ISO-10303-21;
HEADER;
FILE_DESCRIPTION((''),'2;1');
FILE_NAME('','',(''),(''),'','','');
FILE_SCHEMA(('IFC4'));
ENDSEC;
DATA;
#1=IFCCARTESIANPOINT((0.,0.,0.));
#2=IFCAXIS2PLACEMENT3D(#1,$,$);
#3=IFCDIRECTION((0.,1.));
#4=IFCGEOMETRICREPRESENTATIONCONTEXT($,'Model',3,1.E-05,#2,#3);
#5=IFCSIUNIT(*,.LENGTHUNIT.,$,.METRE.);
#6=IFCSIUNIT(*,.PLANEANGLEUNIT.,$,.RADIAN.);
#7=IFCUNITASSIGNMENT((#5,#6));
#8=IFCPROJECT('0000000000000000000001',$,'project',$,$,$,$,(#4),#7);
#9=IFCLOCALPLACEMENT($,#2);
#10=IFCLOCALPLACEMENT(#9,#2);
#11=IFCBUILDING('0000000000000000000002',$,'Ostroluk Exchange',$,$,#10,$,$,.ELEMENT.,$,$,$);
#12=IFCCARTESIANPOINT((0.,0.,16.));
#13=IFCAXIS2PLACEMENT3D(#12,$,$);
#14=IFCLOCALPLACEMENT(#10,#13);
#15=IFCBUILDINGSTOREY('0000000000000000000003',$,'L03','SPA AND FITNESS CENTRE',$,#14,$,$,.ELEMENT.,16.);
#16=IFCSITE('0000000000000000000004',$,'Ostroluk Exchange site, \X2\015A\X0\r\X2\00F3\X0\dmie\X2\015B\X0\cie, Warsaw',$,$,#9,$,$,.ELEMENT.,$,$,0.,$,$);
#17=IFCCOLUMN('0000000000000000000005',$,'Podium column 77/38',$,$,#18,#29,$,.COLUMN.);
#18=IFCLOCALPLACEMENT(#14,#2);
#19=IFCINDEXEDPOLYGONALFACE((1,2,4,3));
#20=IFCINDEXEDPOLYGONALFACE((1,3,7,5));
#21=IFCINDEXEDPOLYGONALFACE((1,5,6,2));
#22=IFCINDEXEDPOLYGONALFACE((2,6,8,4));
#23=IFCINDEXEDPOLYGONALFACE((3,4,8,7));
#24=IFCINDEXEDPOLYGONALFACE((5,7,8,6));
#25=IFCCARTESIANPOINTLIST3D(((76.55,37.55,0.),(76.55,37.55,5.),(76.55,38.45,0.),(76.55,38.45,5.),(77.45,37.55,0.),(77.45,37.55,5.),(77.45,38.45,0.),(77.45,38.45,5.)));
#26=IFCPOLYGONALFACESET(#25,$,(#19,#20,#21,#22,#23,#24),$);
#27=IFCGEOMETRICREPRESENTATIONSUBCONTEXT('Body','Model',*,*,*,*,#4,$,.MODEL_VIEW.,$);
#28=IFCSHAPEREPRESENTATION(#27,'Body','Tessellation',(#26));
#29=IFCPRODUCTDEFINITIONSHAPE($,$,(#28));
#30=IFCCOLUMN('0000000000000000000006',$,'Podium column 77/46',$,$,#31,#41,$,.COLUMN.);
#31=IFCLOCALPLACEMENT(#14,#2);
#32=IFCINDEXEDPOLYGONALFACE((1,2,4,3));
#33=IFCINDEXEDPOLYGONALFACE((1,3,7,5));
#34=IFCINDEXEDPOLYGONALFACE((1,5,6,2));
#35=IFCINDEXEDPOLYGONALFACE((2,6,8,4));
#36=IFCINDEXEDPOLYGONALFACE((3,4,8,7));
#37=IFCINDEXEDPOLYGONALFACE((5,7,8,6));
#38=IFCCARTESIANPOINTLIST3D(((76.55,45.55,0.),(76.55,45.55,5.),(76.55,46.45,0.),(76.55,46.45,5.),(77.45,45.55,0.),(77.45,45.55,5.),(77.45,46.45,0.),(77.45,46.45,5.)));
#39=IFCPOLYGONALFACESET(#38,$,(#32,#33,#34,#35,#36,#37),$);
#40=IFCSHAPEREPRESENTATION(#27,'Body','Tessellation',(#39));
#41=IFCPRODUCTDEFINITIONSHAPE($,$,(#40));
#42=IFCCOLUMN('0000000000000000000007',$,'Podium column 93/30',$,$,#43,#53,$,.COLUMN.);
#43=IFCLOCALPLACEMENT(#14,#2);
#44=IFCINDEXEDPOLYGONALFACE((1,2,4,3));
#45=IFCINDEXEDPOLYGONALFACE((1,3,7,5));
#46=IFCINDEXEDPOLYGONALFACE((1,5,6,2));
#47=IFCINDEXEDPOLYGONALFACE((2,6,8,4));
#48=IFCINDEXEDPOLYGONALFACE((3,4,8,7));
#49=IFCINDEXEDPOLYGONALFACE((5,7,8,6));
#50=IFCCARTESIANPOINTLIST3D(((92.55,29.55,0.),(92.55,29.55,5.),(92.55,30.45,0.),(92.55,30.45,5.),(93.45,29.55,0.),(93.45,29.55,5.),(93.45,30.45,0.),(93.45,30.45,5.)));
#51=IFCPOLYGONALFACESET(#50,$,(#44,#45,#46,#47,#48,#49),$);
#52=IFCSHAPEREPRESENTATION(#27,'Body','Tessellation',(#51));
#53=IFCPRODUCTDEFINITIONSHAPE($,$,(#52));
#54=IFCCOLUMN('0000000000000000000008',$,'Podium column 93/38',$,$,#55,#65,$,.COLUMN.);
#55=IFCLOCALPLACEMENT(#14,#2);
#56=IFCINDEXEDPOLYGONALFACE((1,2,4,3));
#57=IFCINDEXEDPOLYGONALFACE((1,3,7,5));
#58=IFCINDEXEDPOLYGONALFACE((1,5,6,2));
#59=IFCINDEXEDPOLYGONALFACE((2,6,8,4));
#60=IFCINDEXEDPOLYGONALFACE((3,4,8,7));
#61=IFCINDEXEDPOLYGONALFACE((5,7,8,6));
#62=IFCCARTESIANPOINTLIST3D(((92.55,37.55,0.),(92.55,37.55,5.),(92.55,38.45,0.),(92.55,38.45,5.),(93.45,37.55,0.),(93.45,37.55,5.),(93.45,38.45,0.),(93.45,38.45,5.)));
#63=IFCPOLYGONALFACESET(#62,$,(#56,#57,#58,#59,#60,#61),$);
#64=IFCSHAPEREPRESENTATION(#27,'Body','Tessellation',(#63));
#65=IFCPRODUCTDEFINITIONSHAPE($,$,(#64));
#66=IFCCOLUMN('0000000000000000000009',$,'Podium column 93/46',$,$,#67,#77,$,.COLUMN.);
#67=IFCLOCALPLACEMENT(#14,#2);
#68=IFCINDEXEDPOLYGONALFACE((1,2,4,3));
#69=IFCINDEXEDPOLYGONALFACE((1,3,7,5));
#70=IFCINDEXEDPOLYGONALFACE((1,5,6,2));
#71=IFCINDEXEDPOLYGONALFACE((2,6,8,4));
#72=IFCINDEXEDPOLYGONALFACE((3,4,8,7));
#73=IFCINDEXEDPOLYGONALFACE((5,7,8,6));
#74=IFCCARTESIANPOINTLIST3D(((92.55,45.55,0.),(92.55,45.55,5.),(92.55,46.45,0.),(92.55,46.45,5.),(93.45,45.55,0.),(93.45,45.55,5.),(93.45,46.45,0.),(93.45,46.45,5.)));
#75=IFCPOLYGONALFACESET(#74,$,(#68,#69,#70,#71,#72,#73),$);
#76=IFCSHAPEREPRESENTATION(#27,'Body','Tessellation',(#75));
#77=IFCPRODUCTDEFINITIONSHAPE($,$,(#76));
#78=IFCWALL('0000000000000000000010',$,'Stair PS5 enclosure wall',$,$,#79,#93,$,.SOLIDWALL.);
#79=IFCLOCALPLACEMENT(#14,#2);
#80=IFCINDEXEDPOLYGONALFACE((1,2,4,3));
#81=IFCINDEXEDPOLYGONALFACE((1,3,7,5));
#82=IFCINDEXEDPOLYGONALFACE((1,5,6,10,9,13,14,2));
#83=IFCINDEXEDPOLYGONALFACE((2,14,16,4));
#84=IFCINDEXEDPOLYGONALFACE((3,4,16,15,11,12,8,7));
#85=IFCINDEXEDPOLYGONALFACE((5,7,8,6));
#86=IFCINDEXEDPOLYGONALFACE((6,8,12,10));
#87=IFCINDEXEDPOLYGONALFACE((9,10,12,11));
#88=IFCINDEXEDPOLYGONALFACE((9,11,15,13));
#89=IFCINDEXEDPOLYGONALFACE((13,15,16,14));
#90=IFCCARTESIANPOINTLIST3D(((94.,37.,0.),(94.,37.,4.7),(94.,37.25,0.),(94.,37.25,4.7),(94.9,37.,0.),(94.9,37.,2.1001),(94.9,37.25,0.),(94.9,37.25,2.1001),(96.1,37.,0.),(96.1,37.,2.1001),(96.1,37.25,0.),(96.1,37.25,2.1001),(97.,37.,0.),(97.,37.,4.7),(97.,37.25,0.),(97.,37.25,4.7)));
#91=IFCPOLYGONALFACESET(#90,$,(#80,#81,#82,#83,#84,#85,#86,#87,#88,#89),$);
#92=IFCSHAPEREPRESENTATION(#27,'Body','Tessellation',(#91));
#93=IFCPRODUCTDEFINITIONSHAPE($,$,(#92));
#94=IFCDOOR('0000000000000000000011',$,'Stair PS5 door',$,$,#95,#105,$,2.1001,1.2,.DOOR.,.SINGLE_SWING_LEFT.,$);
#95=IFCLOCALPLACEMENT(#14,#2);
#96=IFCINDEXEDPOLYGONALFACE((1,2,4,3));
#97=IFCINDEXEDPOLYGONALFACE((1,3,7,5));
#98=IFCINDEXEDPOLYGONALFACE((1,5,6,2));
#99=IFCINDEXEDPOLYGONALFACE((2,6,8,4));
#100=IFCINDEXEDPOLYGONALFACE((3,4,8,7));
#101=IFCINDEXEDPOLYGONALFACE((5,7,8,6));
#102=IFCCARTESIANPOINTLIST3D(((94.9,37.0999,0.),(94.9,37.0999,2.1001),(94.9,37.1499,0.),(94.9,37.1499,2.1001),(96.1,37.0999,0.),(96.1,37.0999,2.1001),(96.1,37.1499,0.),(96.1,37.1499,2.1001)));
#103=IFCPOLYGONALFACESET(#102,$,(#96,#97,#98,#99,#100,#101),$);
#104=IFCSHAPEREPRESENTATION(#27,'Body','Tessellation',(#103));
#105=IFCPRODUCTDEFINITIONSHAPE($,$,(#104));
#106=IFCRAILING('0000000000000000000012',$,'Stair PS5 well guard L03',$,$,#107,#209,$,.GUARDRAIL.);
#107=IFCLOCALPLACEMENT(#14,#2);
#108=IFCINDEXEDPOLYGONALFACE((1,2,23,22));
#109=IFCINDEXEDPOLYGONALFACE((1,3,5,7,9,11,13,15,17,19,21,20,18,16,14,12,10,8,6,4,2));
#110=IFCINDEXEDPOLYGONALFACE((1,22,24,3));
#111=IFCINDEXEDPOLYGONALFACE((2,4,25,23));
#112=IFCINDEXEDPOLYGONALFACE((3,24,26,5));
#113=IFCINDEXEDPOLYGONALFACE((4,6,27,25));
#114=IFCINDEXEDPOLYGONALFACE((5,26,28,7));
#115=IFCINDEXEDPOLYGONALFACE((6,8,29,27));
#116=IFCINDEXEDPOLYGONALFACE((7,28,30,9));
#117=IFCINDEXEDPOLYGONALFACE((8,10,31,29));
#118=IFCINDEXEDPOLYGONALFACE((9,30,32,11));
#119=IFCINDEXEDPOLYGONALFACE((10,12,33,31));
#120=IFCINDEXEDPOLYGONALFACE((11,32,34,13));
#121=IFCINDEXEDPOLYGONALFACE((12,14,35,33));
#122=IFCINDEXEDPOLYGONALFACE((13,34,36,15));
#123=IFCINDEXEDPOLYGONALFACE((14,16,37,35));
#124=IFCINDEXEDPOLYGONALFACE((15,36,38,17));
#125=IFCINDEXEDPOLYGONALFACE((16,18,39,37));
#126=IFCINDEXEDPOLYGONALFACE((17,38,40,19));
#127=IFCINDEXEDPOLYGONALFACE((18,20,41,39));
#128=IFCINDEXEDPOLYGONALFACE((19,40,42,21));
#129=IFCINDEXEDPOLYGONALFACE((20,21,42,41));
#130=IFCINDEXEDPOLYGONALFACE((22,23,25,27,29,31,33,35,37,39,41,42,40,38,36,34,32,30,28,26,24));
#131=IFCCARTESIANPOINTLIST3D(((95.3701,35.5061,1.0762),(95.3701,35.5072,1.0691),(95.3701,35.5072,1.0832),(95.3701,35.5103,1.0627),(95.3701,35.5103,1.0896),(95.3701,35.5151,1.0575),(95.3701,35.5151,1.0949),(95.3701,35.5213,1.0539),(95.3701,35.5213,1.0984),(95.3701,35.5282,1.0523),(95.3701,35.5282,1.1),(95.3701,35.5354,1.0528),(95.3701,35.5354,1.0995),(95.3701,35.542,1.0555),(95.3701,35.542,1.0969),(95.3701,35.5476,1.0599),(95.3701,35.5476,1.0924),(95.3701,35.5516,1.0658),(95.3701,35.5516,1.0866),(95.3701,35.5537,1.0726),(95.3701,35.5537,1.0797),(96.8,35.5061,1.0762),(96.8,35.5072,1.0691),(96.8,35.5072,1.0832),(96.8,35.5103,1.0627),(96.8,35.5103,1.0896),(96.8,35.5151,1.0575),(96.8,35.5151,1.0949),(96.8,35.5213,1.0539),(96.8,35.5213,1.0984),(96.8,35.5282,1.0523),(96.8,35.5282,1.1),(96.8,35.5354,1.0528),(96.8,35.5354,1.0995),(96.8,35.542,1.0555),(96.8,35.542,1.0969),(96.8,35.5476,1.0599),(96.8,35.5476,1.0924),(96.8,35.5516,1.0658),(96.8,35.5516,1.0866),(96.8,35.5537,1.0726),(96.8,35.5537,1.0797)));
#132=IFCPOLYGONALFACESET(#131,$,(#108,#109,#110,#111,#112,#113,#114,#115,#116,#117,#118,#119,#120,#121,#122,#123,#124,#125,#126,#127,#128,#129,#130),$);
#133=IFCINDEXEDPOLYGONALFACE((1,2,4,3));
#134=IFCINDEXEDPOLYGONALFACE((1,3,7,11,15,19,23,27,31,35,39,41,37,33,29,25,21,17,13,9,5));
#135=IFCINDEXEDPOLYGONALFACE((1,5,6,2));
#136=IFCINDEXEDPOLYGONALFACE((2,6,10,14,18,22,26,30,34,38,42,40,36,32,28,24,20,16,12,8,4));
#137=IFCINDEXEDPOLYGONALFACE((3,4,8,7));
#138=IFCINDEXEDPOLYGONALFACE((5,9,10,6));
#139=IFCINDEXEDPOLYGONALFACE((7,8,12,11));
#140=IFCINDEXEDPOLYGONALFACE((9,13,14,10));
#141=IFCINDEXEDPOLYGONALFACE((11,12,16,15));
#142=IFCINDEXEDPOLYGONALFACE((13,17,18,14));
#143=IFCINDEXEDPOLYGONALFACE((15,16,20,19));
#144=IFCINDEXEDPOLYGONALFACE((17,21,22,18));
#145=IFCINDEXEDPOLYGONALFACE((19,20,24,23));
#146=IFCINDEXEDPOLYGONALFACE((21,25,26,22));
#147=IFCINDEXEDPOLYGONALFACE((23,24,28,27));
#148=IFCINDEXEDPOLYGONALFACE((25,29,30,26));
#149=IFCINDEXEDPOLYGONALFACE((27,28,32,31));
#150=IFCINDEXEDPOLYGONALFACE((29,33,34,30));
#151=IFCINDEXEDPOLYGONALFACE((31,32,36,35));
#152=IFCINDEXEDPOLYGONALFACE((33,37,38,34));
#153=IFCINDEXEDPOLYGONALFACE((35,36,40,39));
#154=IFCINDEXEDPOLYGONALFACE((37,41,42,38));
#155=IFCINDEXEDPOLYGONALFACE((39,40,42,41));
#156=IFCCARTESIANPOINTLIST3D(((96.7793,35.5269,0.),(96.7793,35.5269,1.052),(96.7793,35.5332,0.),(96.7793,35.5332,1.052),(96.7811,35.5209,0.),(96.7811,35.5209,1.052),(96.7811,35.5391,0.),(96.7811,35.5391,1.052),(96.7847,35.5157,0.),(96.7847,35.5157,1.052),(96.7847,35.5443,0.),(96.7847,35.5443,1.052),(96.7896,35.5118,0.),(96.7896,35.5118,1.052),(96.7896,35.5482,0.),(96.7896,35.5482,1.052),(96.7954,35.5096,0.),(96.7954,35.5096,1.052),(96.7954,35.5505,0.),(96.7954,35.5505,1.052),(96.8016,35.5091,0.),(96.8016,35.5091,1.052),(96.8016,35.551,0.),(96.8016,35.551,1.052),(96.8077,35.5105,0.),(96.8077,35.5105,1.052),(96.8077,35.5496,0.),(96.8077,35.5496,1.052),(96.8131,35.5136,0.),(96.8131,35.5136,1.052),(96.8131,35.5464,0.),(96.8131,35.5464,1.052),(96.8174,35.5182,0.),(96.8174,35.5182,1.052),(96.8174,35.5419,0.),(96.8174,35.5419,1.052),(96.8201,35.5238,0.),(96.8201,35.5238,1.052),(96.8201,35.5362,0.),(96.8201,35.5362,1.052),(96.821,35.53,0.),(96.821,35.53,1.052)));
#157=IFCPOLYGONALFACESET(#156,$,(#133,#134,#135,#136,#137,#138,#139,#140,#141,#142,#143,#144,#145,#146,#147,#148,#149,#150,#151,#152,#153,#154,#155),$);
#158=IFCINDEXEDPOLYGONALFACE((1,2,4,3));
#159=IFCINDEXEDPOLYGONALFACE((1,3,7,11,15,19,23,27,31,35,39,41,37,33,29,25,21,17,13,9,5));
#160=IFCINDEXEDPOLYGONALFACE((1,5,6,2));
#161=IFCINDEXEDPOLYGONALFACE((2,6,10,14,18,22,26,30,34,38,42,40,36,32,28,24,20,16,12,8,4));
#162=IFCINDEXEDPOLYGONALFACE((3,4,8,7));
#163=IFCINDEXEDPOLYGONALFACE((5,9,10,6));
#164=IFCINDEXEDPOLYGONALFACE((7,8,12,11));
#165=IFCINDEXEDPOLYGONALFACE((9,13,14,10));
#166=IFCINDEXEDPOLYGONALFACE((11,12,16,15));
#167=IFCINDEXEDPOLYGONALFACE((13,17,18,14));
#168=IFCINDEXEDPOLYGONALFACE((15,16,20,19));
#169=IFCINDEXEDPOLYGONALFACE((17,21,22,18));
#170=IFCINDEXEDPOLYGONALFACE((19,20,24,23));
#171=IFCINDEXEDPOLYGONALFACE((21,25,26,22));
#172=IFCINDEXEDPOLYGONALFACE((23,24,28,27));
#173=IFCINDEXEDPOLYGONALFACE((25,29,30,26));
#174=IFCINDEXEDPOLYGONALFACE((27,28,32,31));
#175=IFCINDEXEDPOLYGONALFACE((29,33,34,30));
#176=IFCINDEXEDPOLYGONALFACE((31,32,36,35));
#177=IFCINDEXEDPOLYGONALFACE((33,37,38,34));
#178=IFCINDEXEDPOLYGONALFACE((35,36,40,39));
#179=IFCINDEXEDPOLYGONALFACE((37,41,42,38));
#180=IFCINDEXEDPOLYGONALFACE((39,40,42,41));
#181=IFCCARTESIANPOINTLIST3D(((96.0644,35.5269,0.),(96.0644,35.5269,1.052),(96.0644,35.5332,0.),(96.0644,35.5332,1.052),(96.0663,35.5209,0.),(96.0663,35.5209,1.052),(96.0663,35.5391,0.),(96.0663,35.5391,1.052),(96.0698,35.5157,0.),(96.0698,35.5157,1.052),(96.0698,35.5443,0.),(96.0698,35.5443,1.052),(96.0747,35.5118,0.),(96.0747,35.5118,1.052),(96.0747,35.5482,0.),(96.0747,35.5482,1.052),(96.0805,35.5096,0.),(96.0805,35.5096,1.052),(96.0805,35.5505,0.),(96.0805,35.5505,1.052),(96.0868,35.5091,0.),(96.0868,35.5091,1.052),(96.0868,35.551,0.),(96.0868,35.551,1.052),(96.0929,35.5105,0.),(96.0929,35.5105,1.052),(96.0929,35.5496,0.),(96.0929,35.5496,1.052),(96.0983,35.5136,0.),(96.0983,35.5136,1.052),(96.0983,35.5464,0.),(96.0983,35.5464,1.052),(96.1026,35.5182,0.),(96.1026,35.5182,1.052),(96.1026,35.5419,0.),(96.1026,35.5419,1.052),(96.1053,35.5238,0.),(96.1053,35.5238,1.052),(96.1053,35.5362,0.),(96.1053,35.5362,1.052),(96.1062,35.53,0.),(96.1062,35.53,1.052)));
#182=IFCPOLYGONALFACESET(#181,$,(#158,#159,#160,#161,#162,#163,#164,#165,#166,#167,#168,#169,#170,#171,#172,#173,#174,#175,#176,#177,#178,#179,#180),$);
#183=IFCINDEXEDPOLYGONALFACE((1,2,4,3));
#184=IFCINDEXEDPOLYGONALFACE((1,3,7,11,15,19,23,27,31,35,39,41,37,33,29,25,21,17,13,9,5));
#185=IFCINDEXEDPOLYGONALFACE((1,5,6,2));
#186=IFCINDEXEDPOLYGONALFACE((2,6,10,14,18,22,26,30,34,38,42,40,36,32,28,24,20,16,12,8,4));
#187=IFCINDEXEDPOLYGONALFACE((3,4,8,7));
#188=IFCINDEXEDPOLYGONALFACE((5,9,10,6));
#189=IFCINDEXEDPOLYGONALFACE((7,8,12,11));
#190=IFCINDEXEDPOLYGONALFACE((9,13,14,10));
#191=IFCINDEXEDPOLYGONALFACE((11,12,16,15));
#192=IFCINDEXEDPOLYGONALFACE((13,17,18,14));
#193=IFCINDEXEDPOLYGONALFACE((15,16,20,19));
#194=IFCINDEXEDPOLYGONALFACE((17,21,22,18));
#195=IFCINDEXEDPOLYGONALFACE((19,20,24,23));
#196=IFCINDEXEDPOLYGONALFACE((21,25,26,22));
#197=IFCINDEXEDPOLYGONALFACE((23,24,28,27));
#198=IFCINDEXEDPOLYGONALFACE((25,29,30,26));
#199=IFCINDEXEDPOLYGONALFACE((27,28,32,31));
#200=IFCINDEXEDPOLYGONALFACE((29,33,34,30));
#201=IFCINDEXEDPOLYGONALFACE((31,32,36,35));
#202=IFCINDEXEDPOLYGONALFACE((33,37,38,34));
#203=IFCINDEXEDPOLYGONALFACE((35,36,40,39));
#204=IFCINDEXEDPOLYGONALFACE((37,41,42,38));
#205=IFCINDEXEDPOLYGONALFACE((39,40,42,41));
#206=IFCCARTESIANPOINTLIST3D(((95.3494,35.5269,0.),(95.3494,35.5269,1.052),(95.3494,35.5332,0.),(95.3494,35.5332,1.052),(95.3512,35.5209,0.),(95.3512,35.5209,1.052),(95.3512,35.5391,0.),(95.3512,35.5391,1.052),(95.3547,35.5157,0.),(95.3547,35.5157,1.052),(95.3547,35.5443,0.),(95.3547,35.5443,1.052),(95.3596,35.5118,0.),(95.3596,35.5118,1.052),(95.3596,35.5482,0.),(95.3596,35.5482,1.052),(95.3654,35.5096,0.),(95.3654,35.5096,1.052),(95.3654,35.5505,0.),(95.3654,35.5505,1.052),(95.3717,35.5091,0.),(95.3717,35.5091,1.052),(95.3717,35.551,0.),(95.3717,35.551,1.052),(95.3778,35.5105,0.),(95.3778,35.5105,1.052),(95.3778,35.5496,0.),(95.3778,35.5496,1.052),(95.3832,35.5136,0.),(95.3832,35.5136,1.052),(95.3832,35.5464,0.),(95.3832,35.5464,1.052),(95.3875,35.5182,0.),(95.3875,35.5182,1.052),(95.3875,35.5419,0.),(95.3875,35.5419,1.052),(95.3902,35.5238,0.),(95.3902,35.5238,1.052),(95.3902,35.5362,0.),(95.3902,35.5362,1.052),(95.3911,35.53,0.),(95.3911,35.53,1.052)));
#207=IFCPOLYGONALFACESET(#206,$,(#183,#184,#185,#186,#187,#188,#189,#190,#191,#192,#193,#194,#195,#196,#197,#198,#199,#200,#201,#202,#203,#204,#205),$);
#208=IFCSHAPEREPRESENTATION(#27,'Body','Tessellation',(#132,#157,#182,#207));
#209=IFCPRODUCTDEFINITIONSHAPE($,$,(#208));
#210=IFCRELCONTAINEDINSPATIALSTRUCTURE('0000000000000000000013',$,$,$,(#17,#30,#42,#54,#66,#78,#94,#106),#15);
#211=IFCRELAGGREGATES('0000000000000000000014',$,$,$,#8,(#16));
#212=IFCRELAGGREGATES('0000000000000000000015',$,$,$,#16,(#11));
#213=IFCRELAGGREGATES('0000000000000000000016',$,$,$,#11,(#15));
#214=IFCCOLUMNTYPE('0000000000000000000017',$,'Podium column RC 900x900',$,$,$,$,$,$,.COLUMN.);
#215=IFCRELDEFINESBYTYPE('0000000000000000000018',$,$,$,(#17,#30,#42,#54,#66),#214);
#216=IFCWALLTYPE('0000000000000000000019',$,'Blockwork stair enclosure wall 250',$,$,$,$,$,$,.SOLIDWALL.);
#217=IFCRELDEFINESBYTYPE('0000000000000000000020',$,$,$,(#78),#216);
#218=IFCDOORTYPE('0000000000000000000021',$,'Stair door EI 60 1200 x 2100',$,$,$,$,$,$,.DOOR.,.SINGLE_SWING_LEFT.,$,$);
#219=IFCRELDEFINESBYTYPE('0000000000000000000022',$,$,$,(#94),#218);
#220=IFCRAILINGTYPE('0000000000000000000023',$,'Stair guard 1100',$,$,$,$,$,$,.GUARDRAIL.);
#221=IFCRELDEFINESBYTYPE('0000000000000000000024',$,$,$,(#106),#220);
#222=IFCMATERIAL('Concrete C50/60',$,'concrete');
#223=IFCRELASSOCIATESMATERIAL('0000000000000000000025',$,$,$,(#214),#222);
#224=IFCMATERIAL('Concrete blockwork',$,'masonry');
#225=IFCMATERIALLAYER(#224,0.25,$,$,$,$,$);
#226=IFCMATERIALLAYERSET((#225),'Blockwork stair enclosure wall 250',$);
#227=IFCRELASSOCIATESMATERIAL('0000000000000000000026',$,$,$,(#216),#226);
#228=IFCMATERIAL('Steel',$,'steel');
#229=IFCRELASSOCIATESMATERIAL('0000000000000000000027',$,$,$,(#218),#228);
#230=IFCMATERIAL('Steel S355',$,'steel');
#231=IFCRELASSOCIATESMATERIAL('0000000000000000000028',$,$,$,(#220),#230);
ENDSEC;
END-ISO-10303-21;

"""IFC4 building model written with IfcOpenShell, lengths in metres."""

from ifc_helpers import new_model, si_unit, direction, frame, frame_2d, origin, origin_2d, place, context, subcontext, project, spatial, rectangle, circle, extrude, material, layer, layer_set, material_profile, profile_set, type_object, element, fill, save


model = new_model("IFC4")

# Units and contexts
model_context = context("Model", 3, precision=1e-05, world=origin(), true_north=direction((0.0, 1.0)))
body_context = subcontext(model_context, "Body", "Model", "MODEL_VIEW")
ifc_project = project(units=[si_unit("LENGTHUNIT", "METRE"), si_unit("PLANEANGLEUNIT", "RADIAN")], contexts=[model_context])

# Site, building, storey
site_placement = place(None, origin())
site = spatial("IfcSite", under=ifc_project, at=site_placement, Name="Ostroluk Exchange site, Śródmieście, Warsaw", CompositionType="ELEMENT", RefElevation=0.0)
building_placement = place(site_placement, origin())
building = spatial("IfcBuilding", under=site, at=building_placement, Name="Ostroluk Exchange", CompositionType="ELEMENT")
storey_placement = place(building_placement, frame((0.0, 0.0, 16.0)))
storey = spatial("IfcBuildingStorey", under=building, at=storey_placement, Name="L03", Description="SPA AND FITNESS CENTRE", CompositionType="ELEMENT", Elevation=16.0)

# Columns
ifc_material_1 = material(Name="Concrete C50/60", Category="concrete")
ifc_material_profile = material_profile(ifc_material_1, rectangle(XDim=0.8999, YDim=0.8999, at=origin_2d()), Name="RC 900x900")
ifc_profile_set = profile_set([ifc_material_profile], Name="Concrete C50/60")
column_type = type_object("IfcColumnType", Name="Podium column RC 900x900", PredefinedType="COLUMN", material=ifc_profile_set)
for number, where, z_axis, x_axis, name in (
    (1, (77.0, 38.0, 0.0), (0.0, 0.0, 1.0), (1.0, 0.0, 0.0), "Podium column 77/38"),
    (2, (77.0, 46.0, 0.0), (0.0, 0.0, 1.0), (1.0, 0.0, 0.0), "Podium column 77/46"),
    (3, (93.0, 30.0, 0.0), (0.0, 0.0, 1.0), (1.0, 0.0, 0.0), "Podium column 93/30"),
    (4, (93.0, 38.0, 0.0), (0.0, 0.0, 1.0), (1.0, 0.0, 0.0), "Podium column 93/38"),
    (5, (93.0, 46.0, 0.0), (0.0, 0.0, 1.0), (1.0, 0.0, 0.0), "Podium column 93/46"),
):
    element("IfcColumn", number, at=place(storey_placement, frame(where, z_axis=z_axis, x_axis=x_axis)), inside=storey, type_object=column_type, Name=name, PredefinedType="COLUMN", context=body_context, shape_type="SweptSolid", body=[
        extrude(rectangle(XDim=0.8999, YDim=0.8999, at=origin_2d()), origin(), (0.0, 0.0, 1.0), 5.0),
    ])

# Wall, opening, door
ifc_material_2 = material(Name="Concrete blockwork", Category="masonry")
ifc_layer = layer(ifc_material_2, 0.25)
ifc_layer_set = layer_set([ifc_layer], Name="Blockwork stair enclosure wall 250")
wall_type = type_object("IfcWallType", Name="Blockwork stair enclosure wall 250", PredefinedType="SOLIDWALL", material=ifc_layer_set)
wall_placement = place(storey_placement, frame((94.0, 37.125, 0.0), z_axis=(0.0, 0.0, 1.0), x_axis=(1.0, 0.0, 0.0)))
wall = element("IfcWall", 6, at=wall_placement, inside=storey, type_object=wall_type, Name="Stair PS5 enclosure wall", PredefinedType="SOLIDWALL", context=body_context, shape_type="SweptSolid", body=[
    extrude(rectangle(XDim=3.0, YDim=0.25, at=frame_2d((1.5, 0.0))), origin(), (0.0, 0.0, 1.0), 4.7),
])
opening_placement = place(wall_placement, frame((0.8999, 0.0, 0.0)))
opening = element("IfcOpeningElement", 7, at=opening_placement, cuts=wall, PredefinedType="OPENING", context=body_context, shape_type="SweptSolid", body=[
    extrude(rectangle(XDim=1.2, YDim=2.1001, at=frame_2d((0.6001, 1.05))), frame((0.0, 0.135, 0.0), z_axis=(0.0, -1.0, 0.0), x_axis=(1.0, 0.0, 0.0)), (0.0, 0.0, 1.0), 0.27),
])
ifc_material_3 = material(Name="Steel", Category="steel")
door_type = type_object("IfcDoorType", Name="Stair door EI 60 1200 x 2100", OperationType="SINGLE_SWING_LEFT", PredefinedType="DOOR", material=ifc_material_3)
door_placement = place(opening_placement, origin())
door = element("IfcDoor", 8, at=door_placement, inside=storey, type_object=door_type, Name="Stair PS5 door", OperationType="SINGLE_SWING_LEFT", OverallHeight=2.1001, OverallWidth=1.2, PredefinedType="DOOR", context=body_context, shape_type="SweptSolid", body=[
    extrude(rectangle(XDim=1.2, YDim=2.1001, at=frame_2d((0.6001, 1.05))), frame((0.0, 0.0249, 0.0), z_axis=(0.0, -1.0, 0.0), x_axis=(1.0, 0.0, 0.0)), (0.0, 0.0, 1.0), 0.05),
])
fill(opening, door)

# Railing
ifc_material_4 = material(Name="Steel S355", Category="steel")
railing_type = type_object("IfcRailingType", Name="Stair guard 1100", PredefinedType="GUARDRAIL", material=ifc_material_4)
railing_placement = place(storey_placement, frame((96.8, 35.53, 0.0)))
element("IfcRailing", 9, at=railing_placement, inside=storey, type_object=railing_type, Name="Stair PS5 well guard L03", PredefinedType="GUARDRAIL", context=body_context, shape_type="SweptSolid", body=[
    extrude(circle(Radius=0.0239, at=origin_2d()), frame((0.0, 0.0, 1.0762), z_axis=(-1.0, 0.0, 0.0), x_axis=(0.0, -1.0, 0.0)), (0.0, 0.0, 1.0), 1.4299),
    extrude(circle(Radius=0.021, at=origin_2d()), origin(), (0.0, 0.0, 1.0), 1.052),
    extrude(circle(Radius=0.021, at=origin_2d()), frame((-0.7148, 0.0, 0.0)), (0.0, 0.0, 1.0), 1.052),
    extrude(circle(Radius=0.021, at=origin_2d()), frame((-1.4299, 0.0, 0.0)), (0.0, 0.0, 1.0), 1.052),
])

save(model, "model.ifc")
